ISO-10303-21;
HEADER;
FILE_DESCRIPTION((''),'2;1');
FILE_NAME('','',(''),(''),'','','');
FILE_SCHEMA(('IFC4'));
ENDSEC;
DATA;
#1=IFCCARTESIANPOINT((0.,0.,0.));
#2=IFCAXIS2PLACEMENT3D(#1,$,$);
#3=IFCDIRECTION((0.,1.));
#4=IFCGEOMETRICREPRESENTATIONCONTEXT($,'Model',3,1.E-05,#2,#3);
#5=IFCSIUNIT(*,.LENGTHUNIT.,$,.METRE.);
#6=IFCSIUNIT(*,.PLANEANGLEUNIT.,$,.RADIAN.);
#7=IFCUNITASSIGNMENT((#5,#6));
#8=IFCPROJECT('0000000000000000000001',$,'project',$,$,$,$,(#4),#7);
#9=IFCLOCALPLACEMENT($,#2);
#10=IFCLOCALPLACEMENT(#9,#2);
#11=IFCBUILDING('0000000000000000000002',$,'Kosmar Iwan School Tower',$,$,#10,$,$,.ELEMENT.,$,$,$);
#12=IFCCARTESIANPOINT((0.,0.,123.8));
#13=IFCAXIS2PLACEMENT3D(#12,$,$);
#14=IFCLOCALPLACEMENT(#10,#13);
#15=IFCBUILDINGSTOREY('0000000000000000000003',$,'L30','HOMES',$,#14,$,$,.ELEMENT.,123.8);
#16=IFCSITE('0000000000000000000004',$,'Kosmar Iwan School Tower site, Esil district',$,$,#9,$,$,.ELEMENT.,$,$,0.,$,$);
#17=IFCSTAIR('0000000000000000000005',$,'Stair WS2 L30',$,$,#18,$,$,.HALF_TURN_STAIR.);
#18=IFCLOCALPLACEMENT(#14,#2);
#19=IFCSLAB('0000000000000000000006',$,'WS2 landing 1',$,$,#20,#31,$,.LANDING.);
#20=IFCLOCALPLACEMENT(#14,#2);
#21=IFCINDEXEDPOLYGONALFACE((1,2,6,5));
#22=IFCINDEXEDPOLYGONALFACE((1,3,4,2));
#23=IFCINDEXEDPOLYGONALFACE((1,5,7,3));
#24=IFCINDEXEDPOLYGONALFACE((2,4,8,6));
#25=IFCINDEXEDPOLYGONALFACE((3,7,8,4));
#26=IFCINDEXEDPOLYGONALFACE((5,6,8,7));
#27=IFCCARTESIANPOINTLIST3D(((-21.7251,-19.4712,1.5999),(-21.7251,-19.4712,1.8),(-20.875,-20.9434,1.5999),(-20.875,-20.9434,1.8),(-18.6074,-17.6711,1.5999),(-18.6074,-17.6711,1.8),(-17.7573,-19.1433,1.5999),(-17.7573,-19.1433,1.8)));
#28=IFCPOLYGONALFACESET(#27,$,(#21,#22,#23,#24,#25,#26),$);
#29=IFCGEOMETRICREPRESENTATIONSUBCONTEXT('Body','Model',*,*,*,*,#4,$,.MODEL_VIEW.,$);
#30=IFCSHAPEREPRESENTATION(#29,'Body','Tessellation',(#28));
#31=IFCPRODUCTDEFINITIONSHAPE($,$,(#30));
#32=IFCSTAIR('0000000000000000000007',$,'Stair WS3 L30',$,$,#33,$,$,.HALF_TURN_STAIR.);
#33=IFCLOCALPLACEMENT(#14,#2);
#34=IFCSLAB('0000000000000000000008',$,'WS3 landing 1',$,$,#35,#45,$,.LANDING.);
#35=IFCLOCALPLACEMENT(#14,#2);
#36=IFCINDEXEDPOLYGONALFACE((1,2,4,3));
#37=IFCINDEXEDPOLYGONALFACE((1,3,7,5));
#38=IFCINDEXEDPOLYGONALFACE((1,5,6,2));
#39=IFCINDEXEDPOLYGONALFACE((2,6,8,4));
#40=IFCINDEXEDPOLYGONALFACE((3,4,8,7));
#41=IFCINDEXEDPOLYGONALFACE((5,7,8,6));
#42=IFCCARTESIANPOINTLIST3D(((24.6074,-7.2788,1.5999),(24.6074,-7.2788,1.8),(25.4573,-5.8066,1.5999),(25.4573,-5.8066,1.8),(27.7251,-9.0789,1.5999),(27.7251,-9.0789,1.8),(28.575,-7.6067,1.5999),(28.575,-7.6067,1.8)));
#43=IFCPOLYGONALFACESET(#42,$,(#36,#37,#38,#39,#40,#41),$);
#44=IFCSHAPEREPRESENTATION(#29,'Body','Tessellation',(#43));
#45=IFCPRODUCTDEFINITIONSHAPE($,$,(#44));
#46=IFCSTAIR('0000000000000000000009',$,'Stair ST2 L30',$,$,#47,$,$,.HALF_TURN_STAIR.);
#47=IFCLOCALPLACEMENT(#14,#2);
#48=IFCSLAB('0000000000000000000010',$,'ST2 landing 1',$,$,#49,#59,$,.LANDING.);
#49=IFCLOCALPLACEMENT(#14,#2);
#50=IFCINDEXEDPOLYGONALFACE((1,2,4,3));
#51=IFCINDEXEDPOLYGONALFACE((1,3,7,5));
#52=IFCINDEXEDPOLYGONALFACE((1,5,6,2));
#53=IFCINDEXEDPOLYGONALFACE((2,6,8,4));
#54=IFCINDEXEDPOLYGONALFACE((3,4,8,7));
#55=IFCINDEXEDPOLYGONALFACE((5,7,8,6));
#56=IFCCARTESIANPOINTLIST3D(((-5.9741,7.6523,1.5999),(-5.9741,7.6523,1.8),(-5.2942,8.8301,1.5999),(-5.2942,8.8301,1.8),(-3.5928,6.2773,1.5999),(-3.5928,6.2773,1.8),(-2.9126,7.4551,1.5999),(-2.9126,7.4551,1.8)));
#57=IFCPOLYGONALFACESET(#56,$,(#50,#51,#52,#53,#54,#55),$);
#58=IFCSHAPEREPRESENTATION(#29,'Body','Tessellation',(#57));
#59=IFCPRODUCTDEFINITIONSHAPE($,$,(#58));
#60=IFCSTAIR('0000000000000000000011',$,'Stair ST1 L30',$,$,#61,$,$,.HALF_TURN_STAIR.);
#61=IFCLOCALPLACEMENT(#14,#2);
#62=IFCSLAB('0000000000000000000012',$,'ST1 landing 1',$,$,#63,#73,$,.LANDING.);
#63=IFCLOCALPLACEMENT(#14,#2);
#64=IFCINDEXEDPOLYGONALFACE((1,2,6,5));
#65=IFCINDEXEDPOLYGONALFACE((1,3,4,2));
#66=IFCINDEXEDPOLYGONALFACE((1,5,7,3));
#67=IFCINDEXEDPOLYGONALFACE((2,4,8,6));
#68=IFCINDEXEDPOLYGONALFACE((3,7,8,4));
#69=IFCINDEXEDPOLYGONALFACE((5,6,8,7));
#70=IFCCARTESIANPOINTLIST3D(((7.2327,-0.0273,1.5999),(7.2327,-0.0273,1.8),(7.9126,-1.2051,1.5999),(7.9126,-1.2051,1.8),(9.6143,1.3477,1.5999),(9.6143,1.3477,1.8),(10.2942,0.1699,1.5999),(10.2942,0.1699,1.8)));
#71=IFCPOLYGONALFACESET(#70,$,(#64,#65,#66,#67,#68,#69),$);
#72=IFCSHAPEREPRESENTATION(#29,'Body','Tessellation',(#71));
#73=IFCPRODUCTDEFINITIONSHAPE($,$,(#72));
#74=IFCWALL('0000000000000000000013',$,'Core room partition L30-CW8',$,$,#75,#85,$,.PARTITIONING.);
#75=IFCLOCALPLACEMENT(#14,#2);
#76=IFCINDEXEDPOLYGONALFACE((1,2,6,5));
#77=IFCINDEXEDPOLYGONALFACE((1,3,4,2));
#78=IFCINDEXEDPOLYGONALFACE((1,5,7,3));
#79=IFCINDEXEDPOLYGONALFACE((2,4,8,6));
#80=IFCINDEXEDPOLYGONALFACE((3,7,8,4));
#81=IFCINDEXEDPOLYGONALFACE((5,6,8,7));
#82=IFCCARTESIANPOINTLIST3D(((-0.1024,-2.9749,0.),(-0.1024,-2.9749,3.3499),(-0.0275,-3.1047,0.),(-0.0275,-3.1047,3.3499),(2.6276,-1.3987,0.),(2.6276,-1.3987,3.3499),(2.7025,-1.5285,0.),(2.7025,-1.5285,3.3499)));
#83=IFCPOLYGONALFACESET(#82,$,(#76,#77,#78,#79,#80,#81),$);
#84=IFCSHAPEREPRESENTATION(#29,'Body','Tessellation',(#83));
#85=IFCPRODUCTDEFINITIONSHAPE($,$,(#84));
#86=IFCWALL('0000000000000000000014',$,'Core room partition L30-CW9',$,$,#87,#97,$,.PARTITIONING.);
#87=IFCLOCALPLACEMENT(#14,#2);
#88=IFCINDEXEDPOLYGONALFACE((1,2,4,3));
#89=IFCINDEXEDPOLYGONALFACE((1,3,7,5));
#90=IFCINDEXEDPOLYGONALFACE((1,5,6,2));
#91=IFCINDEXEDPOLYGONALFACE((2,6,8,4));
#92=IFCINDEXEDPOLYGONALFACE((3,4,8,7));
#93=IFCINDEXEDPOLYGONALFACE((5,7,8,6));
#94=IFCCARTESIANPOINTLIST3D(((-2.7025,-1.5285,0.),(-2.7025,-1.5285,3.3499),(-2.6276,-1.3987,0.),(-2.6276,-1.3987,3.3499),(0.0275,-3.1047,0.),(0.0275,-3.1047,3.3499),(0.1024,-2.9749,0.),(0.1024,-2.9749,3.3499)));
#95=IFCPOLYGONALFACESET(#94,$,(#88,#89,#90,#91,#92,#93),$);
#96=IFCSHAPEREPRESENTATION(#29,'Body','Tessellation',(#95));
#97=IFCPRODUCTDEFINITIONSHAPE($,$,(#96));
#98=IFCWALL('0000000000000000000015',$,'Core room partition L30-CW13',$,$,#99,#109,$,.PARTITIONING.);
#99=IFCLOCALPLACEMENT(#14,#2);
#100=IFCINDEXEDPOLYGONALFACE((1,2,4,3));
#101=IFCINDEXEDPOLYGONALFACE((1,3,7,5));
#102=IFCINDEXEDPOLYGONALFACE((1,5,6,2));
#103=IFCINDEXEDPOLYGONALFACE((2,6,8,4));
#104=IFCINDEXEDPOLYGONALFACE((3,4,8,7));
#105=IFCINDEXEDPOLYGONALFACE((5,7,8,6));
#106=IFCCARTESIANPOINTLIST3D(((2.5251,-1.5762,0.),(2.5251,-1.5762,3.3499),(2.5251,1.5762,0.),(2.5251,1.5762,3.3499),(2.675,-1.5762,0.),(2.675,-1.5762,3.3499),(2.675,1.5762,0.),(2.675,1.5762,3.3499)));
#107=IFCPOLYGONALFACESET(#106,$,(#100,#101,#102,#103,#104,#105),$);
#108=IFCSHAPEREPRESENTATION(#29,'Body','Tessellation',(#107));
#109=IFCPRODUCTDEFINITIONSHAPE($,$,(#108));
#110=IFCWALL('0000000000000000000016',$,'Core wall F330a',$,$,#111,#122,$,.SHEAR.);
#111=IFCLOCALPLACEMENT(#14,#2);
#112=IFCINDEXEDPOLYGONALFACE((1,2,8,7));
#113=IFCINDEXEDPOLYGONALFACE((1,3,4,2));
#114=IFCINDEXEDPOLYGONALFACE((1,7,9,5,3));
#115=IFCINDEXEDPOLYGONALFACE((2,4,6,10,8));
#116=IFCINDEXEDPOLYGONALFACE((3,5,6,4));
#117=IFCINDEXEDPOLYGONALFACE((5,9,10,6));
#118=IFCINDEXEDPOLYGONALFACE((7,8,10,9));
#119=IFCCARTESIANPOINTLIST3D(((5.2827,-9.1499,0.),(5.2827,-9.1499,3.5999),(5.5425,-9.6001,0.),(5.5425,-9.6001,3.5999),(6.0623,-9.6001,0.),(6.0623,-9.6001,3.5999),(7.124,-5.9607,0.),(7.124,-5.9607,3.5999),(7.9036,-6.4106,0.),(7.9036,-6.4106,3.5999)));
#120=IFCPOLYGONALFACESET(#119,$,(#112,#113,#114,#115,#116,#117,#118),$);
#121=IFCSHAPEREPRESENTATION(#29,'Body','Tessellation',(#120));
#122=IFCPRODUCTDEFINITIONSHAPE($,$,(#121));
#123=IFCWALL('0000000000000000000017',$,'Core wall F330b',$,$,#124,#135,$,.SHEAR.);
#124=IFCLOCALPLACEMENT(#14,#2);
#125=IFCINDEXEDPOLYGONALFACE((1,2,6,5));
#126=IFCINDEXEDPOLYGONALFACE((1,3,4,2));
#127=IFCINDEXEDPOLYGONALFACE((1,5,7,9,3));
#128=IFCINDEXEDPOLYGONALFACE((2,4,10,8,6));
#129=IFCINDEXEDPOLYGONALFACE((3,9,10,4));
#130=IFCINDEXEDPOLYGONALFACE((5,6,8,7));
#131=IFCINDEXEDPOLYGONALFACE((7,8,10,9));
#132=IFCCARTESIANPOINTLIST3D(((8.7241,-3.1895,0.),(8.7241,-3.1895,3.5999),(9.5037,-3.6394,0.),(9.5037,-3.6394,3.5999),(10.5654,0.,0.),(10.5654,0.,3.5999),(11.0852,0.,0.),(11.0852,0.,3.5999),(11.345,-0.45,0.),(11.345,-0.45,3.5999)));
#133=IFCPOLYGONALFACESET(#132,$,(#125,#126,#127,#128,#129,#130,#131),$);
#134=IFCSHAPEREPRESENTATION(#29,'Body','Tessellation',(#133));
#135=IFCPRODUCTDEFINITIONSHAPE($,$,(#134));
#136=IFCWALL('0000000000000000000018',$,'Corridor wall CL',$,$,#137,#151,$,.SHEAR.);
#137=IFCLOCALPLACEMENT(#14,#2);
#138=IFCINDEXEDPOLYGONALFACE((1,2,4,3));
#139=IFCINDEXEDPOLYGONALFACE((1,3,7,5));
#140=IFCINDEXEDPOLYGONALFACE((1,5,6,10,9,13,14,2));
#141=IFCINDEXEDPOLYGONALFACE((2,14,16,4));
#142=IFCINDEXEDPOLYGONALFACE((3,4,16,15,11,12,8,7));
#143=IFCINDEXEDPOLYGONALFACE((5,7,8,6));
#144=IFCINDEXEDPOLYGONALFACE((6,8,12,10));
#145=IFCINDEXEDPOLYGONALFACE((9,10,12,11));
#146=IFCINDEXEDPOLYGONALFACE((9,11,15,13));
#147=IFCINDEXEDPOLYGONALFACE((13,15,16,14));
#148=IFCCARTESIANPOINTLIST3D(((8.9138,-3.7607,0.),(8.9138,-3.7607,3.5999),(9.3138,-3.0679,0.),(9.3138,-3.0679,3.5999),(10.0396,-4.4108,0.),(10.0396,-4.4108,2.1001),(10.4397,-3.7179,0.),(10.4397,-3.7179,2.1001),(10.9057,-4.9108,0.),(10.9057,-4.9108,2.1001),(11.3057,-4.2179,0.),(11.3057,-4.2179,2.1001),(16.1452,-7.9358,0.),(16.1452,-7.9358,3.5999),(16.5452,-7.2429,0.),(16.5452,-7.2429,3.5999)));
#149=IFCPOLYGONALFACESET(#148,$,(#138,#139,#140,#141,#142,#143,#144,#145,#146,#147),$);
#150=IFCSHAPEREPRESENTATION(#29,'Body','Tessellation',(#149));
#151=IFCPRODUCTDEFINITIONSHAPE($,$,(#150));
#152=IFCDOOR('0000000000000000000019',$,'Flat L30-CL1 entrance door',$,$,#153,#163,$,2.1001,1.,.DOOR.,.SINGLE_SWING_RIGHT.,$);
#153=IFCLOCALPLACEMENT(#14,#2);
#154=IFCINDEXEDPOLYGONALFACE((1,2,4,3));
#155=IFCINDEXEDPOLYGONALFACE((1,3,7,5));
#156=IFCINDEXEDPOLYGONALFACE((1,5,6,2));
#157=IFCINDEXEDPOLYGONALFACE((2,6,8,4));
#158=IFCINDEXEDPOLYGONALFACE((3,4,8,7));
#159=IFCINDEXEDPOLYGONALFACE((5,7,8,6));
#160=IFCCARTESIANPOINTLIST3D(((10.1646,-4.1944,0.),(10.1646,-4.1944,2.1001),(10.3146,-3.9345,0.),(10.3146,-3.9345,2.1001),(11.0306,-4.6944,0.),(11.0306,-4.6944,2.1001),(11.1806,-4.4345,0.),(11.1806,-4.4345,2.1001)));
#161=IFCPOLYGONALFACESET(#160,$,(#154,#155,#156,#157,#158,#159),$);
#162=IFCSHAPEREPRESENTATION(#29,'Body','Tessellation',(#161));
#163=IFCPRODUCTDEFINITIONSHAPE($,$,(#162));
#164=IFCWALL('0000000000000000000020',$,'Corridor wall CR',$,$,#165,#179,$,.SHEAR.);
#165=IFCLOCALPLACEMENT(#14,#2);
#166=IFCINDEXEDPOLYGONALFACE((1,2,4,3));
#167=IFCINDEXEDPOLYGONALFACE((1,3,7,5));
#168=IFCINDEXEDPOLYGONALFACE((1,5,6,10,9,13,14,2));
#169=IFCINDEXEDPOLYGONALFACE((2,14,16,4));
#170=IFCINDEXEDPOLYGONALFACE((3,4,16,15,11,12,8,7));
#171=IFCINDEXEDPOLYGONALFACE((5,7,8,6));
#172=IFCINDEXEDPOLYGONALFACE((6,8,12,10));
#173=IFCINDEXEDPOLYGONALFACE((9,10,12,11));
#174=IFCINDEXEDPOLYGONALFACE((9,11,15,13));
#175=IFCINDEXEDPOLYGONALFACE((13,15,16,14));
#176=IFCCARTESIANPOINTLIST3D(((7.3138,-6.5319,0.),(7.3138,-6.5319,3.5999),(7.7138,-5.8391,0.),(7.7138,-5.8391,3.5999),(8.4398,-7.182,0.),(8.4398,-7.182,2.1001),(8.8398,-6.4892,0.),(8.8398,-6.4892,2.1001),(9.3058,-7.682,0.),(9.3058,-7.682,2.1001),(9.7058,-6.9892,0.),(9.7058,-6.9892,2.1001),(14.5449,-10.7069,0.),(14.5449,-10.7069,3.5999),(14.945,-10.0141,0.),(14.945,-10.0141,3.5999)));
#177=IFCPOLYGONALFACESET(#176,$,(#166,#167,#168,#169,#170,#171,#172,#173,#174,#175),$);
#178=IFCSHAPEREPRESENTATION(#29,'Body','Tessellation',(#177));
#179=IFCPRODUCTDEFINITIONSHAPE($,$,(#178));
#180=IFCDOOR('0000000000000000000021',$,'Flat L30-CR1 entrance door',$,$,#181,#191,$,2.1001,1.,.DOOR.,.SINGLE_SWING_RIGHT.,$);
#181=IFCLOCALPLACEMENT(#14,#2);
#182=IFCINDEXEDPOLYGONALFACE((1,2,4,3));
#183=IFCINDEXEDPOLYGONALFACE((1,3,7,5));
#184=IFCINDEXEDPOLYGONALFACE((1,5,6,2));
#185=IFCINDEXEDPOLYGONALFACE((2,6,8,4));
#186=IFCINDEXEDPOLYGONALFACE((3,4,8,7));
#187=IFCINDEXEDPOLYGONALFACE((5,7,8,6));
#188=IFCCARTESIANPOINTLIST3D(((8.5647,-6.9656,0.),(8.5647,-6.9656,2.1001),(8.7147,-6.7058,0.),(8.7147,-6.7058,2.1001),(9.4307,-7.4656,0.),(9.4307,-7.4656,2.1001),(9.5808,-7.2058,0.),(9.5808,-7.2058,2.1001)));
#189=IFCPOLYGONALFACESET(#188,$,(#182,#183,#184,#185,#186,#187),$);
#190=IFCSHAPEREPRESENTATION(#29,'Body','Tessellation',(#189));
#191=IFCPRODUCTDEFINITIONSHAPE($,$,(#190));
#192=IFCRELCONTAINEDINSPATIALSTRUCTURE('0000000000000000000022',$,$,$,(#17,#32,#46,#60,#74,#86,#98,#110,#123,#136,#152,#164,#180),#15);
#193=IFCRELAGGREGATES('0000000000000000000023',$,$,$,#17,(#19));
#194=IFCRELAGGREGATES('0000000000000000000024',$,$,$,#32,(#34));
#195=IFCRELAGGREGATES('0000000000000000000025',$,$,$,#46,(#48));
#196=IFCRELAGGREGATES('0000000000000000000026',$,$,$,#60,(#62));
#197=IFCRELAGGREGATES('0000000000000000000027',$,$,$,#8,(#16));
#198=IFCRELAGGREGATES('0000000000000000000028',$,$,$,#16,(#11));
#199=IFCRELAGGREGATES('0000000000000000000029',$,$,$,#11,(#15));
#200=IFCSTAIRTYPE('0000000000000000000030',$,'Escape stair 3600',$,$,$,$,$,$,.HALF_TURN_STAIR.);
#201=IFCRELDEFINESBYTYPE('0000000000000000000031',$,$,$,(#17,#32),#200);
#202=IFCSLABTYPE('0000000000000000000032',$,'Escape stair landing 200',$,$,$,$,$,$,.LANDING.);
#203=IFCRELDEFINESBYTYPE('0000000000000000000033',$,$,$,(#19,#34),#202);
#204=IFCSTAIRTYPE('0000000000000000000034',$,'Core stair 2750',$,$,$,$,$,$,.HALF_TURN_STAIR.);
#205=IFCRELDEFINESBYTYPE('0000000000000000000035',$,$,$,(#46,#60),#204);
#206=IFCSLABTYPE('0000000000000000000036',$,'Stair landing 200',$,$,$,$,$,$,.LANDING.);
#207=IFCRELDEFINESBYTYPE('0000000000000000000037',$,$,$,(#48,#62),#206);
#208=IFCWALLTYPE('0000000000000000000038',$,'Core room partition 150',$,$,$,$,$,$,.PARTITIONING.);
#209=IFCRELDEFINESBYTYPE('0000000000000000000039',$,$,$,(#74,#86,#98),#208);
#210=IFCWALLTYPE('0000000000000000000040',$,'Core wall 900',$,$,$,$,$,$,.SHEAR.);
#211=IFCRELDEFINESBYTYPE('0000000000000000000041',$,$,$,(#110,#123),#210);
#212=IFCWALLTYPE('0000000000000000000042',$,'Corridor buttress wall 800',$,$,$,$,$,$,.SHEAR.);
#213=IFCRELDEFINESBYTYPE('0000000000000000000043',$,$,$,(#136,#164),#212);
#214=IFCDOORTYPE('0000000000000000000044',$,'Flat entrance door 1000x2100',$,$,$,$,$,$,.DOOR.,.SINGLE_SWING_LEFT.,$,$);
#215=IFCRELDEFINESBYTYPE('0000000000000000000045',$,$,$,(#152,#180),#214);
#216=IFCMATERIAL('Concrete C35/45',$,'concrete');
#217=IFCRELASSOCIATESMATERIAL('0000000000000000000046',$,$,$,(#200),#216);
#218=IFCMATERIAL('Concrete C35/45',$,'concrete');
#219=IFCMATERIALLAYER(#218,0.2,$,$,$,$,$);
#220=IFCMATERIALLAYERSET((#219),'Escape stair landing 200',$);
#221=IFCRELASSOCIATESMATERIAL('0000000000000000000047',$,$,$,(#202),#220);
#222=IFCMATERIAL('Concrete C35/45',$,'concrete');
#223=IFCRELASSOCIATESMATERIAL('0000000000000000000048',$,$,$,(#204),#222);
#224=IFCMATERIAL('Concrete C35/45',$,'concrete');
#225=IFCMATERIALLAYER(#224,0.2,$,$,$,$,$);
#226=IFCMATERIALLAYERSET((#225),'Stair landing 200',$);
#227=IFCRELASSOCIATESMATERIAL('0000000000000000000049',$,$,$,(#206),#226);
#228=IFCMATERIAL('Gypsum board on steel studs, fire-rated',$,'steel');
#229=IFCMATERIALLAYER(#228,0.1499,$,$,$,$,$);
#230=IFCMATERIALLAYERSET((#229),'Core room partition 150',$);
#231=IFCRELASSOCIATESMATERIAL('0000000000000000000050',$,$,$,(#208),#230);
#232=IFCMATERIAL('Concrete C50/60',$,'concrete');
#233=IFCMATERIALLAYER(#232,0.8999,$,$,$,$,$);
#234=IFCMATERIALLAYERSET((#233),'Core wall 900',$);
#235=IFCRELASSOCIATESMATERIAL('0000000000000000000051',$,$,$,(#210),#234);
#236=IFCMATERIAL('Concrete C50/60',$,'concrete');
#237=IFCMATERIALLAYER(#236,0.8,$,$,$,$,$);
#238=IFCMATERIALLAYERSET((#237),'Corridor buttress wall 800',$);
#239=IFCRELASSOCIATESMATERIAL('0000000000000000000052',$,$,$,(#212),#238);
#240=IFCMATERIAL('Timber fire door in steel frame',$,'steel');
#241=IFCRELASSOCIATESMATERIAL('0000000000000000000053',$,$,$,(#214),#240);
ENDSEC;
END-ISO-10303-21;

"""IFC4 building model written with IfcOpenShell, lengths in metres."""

from ifc_helpers import new_model, si_unit, direction, frame, frame_2d, origin, place, context, subcontext, project, spatial, polyline, rectangle, outline, extrude, material, layer, layer_set, type_object, element, fill, aggregate, save


model = new_model("IFC4")

# Units and contexts
model_context = context("Model", 3, precision=1e-05, world=origin(), true_north=direction((0.0, 1.0)))
body_context = subcontext(model_context, "Body", "Model", "MODEL_VIEW")
ifc_project = project(units=[si_unit("LENGTHUNIT", "METRE"), si_unit("PLANEANGLEUNIT", "RADIAN")], contexts=[model_context])

# Site, building, storey
site_placement = place(None, origin())
site = spatial("IfcSite", under=ifc_project, at=site_placement, Name="Kosmar Iwan School Tower site, Esil district", CompositionType="ELEMENT", RefElevation=0.0)
building_placement = place(site_placement, origin())
building = spatial("IfcBuilding", under=site, at=building_placement, Name="Kosmar Iwan School Tower", CompositionType="ELEMENT")
storey_placement = place(building_placement, frame((0.0, 0.0, 123.8)))
storey = spatial("IfcBuildingStorey", under=building, at=storey_placement, Name="L30", Description="HOMES", CompositionType="ELEMENT", Elevation=123.8)

# Stairs, slabs
ifc_material_1 = material(Name="Concrete C35/45", Category="concrete")
stair_type_1 = type_object("IfcStairType", Name="Escape stair 3600", PredefinedType="HALF_TURN_STAIR", material=ifc_material_1)
stair_1_placement = place(storey_placement, origin())
stair_1 = element("IfcStair", 1, at=stair_1_placement, inside=storey, type_object=stair_type_1, Name="Stair WS2 L30", PredefinedType="HALF_TURN_STAIR")
ifc_material_2 = material(Name="Concrete C35/45", Category="concrete")
ifc_layer_1 = layer(ifc_material_2, 0.2)
ifc_layer_set_1 = layer_set([ifc_layer_1], Name="Escape stair landing 200")
slab_type_1 = type_object("IfcSlabType", Name="Escape stair landing 200", PredefinedType="LANDING", material=ifc_layer_set_1)
slab_1_placement = place(storey_placement, frame((0.0, 0.0, 1.5999)))
slab_1 = element("IfcSlab", 2, at=slab_1_placement, type_object=slab_type_1, Name="WS2 landing 1", PredefinedType="LANDING", context=body_context, shape_type="SweptSolid", body=[
    extrude(outline(polyline([(-18.6074, -17.6711), (-21.7251, -19.4712), (-20.875, -20.9434), (-17.7573, -19.1433), (-18.6074, -17.6711)])), origin(), (0.0, 0.0, 1.0), 0.2002),
])
aggregate(stair_1, [slab_1])
stair_2_placement = place(storey_placement, origin())
stair_2 = element("IfcStair", 3, at=stair_2_placement, inside=storey, type_object=stair_type_1, Name="Stair WS3 L30", PredefinedType="HALF_TURN_STAIR")
slab_2_placement = place(storey_placement, frame((0.0, 0.0, 1.5999)))
slab_2 = element("IfcSlab", 4, at=slab_2_placement, type_object=slab_type_1, Name="WS3 landing 1", PredefinedType="LANDING", context=body_context, shape_type="SweptSolid", body=[
    extrude(outline(polyline([(24.6074, -7.2788), (27.7251, -9.0789), (28.575, -7.6067), (25.4573, -5.8066), (24.6074, -7.2788)])), origin(), (0.0, 0.0, 1.0), 0.2002),
])
aggregate(stair_2, [slab_2])
ifc_material_3 = material(Name="Concrete C35/45", Category="concrete")
stair_type_2 = type_object("IfcStairType", Name="Core stair 2750", PredefinedType="HALF_TURN_STAIR", material=ifc_material_3)
stair_3_placement = place(storey_placement, origin())
stair_3 = element("IfcStair", 5, at=stair_3_placement, inside=storey, type_object=stair_type_2, Name="Stair ST2 L30", PredefinedType="HALF_TURN_STAIR")
ifc_material_4 = material(Name="Concrete C35/45", Category="concrete")
ifc_layer_2 = layer(ifc_material_4, 0.2)
ifc_layer_set_2 = layer_set([ifc_layer_2], Name="Stair landing 200")
slab_type_2 = type_object("IfcSlabType", Name="Stair landing 200", PredefinedType="LANDING", material=ifc_layer_set_2)
slab_3_placement = place(storey_placement, frame((0.0, 0.0, 1.5999)))
slab_3 = element("IfcSlab", 6, at=slab_3_placement, type_object=slab_type_2, Name="ST2 landing 1", PredefinedType="LANDING", context=body_context, shape_type="SweptSolid", body=[
    extrude(outline(polyline([(-2.9126, 7.4551), (-5.2942, 8.8301), (-5.9741, 7.6523), (-3.5928, 6.2773), (-2.9126, 7.4551)])), origin(), (0.0, 0.0, 1.0), 0.2002),
])
aggregate(stair_3, [slab_3])
stair_4_placement = place(storey_placement, origin())
stair_4 = element("IfcStair", 7, at=stair_4_placement, inside=storey, type_object=stair_type_2, Name="Stair ST1 L30", PredefinedType="HALF_TURN_STAIR")
slab_4_placement = place(storey_placement, frame((0.0, 0.0, 1.5999)))
slab_4 = element("IfcSlab", 8, at=slab_4_placement, type_object=slab_type_2, Name="ST1 landing 1", PredefinedType="LANDING", context=body_context, shape_type="SweptSolid", body=[
    extrude(outline(polyline([(7.9126, -1.2051), (10.2942, 0.1699), (9.6143, 1.3477), (7.2327, -0.0273), (7.9126, -1.2051)])), origin(), (0.0, 0.0, 1.0), 0.2002),
])

# Walls
ifc_material_5 = material(Name="Gypsum board on steel studs, fire-rated", Category="steel")
ifc_layer_3 = layer(ifc_material_5, 0.1499)
ifc_layer_set_3 = layer_set([ifc_layer_3], Name="Core room partition 150")
wall_type_1 = type_object("IfcWallType", Name="Core room partition 150", PredefinedType="PARTITIONING", material=ifc_layer_set_3)
for number, where, z_axis, x_axis, name in (
    (9, (2.665, -1.4636, 0.0), (0.0, 0.0, 1.0), (-0.866023, -0.500004, 0.0), "Core room partition L30-CW8"),
    (10, (0.0649, -3.0398, 0.0), (0.0, 0.0, 1.0), (-0.866023, 0.500004, 0.0), "Core room partition L30-CW9"),
    (11, (2.6001, 1.5762, 0.0), (0.0, 0.0, 1.0), (0.0, -1.0, 0.0), "Core room partition L30-CW13"),
):
    element("IfcWall", number, at=place(storey_placement, frame(where, z_axis=z_axis, x_axis=x_axis)), inside=storey, type_object=wall_type_1, Name=name, PredefinedType="PARTITIONING", context=body_context, shape_type="SweptSolid", body=[
        extrude(rectangle(XDim=3.1523, YDim=0.1499, at=frame_2d((1.5762, 0.0))), origin(), (0.0, 0.0, 1.0), 3.3499),
    ])
ifc_material_6 = material(Name="Concrete C50/60", Category="concrete")
ifc_layer_4 = layer(ifc_material_6, 0.8999)
ifc_layer_set_4 = layer_set([ifc_layer_4], Name="Core wall 900")
wall_type_2 = type_object("IfcWallType", Name="Core wall 900", PredefinedType="SHEAR", material=ifc_layer_set_4)
wall_1_placement = place(storey_placement, origin())
element("IfcWall", 12, at=wall_1_placement, inside=storey, type_object=wall_type_2, Name="Core wall F330a", PredefinedType="SHEAR", context=body_context, shape_type="SweptSolid", body=[
    extrude(outline(polyline([(5.5425, -9.6001), (6.0623, -9.6001), (7.9036, -6.4106), (7.124, -5.9607), (5.2827, -9.1499), (5.5425, -9.6001)])), origin(), (0.0, 0.0, 1.0), 3.5999),
])
wall_2_placement = place(storey_placement, origin())
element("IfcWall", 13, at=wall_2_placement, inside=storey, type_object=wall_type_2, Name="Core wall F330b", PredefinedType="SHEAR", context=body_context, shape_type="SweptSolid", body=[
    extrude(outline(polyline([(9.5037, -3.6394), (11.345, -0.45), (11.0852, 0.0), (10.5654, 0.0), (8.7241, -3.1895), (9.5037, -3.6394)])), origin(), (0.0, 0.0, 1.0), 3.5999),
])

# Walls, openings, doors
ifc_material_7 = material(Name="Concrete C50/60", Category="concrete")
ifc_layer_5 = layer(ifc_material_7, 0.8)
ifc_layer_set_5 = layer_set([ifc_layer_5], Name="Corridor buttress wall 800")
wall_type_3 = type_object("IfcWallType", Name="Corridor buttress wall 800", PredefinedType="SHEAR", material=ifc_layer_set_5)
wall_3_placement = place(storey_placement, frame((9.1138, -3.4143, 0.0), z_axis=(0.0, 0.0, 1.0), x_axis=(0.866027, -0.499997, 0.0)))
wall_3 = element("IfcWall", 14, at=wall_3_placement, inside=storey, type_object=wall_type_3, Name="Corridor wall CL", PredefinedType="SHEAR", context=body_context, shape_type="SweptSolid", body=[
    extrude(rectangle(XDim=8.3501, YDim=0.8, at=frame_2d((4.175, 0.0))), origin(), (0.0, 0.0, 1.0), 3.5999),
])
opening_1_placement = place(wall_3_placement, frame((1.3, 0.0, 0.0)))
opening_1 = element("IfcOpeningElement", 15, at=opening_1_placement, cuts=wall_3, PredefinedType="OPENING", context=body_context, shape_type="SweptSolid", body=[
    extrude(rectangle(XDim=1.0, YDim=2.1001, at=frame_2d((0.5, 1.05))), frame((0.0, 0.4121, 0.0), z_axis=(0.0, -1.0, 0.0), x_axis=(1.0, 0.0, 0.0)), (0.0, 0.0, 1.0), 0.824),
])
ifc_material_8 = material(Name="Timber fire door in steel frame", Category="steel")
door_type_1 = type_object("IfcDoorType", Name="Flat entrance door 1000x2100", OperationType="SINGLE_SWING_LEFT", PredefinedType="DOOR", material=ifc_material_8)
door_1_placement = place(opening_1_placement, origin())
door_1 = element("IfcDoor", 16, at=door_1_placement, inside=storey, type_object=door_type_1, Name="Flat L30-CL1 entrance door", OperationType="SINGLE_SWING_RIGHT", OverallHeight=2.1001, OverallWidth=1.0, PredefinedType="DOOR", context=body_context, shape_type="SweptSolid", body=[
    extrude(rectangle(XDim=1.0, YDim=2.1001, at=frame_2d((0.5, 1.05))), frame((0.0, 0.1499, 0.0), z_axis=(0.0, -1.0, 0.0), x_axis=(1.0, 0.0, 0.0)), (0.0, 0.0, 1.0), 0.3),
])
fill(opening_1, door_1)
wall_4_placement = place(storey_placement, frame((7.5139, -6.1855, 0.0), z_axis=(0.0, 0.0, 1.0), x_axis=(0.86602, -0.50001, 0.0)))
wall_4 = element("IfcWall", 17, at=wall_4_placement, inside=storey, type_object=wall_type_3, Name="Corridor wall CR", PredefinedType="SHEAR", context=body_context, shape_type="SweptSolid", body=[
    extrude(rectangle(XDim=8.3499, YDim=0.8, at=frame_2d((4.1748, 0.0))), origin(), (0.0, 0.0, 1.0), 3.5999),
])
opening_2_placement = place(wall_4_placement, frame((1.3, 0.0, 0.0)))
opening_2 = element("IfcOpeningElement", 18, at=opening_2_placement, cuts=wall_4, PredefinedType="OPENING", context=body_context, shape_type="SweptSolid", body=[
    extrude(rectangle(XDim=1.0, YDim=2.1001, at=frame_2d((0.5, 1.05))), frame((0.0, 0.4121, 0.0), z_axis=(0.0, -1.0, 0.0), x_axis=(1.0, 0.0, 0.0)), (0.0, 0.0, 1.0), 0.824),
])
door_2_placement = place(opening_2_placement, origin())
door_2 = element("IfcDoor", 19, at=door_2_placement, inside=storey, type_object=door_type_1, Name="Flat L30-CR1 entrance door", OperationType="SINGLE_SWING_RIGHT", OverallHeight=2.1001, OverallWidth=1.0, PredefinedType="DOOR", context=body_context, shape_type="SweptSolid", body=[
    extrude(rectangle(XDim=1.0, YDim=2.1001, at=frame_2d((0.5, 1.05))), frame((0.0, 0.1499, 0.0), z_axis=(0.0, -1.0, 0.0), x_axis=(1.0, 0.0, 0.0)), (0.0, 0.0, 1.0), 0.3),
])
fill(opening_2, door_2)

aggregate(stair_4, [slab_4])

save(model, "model.ifc")
